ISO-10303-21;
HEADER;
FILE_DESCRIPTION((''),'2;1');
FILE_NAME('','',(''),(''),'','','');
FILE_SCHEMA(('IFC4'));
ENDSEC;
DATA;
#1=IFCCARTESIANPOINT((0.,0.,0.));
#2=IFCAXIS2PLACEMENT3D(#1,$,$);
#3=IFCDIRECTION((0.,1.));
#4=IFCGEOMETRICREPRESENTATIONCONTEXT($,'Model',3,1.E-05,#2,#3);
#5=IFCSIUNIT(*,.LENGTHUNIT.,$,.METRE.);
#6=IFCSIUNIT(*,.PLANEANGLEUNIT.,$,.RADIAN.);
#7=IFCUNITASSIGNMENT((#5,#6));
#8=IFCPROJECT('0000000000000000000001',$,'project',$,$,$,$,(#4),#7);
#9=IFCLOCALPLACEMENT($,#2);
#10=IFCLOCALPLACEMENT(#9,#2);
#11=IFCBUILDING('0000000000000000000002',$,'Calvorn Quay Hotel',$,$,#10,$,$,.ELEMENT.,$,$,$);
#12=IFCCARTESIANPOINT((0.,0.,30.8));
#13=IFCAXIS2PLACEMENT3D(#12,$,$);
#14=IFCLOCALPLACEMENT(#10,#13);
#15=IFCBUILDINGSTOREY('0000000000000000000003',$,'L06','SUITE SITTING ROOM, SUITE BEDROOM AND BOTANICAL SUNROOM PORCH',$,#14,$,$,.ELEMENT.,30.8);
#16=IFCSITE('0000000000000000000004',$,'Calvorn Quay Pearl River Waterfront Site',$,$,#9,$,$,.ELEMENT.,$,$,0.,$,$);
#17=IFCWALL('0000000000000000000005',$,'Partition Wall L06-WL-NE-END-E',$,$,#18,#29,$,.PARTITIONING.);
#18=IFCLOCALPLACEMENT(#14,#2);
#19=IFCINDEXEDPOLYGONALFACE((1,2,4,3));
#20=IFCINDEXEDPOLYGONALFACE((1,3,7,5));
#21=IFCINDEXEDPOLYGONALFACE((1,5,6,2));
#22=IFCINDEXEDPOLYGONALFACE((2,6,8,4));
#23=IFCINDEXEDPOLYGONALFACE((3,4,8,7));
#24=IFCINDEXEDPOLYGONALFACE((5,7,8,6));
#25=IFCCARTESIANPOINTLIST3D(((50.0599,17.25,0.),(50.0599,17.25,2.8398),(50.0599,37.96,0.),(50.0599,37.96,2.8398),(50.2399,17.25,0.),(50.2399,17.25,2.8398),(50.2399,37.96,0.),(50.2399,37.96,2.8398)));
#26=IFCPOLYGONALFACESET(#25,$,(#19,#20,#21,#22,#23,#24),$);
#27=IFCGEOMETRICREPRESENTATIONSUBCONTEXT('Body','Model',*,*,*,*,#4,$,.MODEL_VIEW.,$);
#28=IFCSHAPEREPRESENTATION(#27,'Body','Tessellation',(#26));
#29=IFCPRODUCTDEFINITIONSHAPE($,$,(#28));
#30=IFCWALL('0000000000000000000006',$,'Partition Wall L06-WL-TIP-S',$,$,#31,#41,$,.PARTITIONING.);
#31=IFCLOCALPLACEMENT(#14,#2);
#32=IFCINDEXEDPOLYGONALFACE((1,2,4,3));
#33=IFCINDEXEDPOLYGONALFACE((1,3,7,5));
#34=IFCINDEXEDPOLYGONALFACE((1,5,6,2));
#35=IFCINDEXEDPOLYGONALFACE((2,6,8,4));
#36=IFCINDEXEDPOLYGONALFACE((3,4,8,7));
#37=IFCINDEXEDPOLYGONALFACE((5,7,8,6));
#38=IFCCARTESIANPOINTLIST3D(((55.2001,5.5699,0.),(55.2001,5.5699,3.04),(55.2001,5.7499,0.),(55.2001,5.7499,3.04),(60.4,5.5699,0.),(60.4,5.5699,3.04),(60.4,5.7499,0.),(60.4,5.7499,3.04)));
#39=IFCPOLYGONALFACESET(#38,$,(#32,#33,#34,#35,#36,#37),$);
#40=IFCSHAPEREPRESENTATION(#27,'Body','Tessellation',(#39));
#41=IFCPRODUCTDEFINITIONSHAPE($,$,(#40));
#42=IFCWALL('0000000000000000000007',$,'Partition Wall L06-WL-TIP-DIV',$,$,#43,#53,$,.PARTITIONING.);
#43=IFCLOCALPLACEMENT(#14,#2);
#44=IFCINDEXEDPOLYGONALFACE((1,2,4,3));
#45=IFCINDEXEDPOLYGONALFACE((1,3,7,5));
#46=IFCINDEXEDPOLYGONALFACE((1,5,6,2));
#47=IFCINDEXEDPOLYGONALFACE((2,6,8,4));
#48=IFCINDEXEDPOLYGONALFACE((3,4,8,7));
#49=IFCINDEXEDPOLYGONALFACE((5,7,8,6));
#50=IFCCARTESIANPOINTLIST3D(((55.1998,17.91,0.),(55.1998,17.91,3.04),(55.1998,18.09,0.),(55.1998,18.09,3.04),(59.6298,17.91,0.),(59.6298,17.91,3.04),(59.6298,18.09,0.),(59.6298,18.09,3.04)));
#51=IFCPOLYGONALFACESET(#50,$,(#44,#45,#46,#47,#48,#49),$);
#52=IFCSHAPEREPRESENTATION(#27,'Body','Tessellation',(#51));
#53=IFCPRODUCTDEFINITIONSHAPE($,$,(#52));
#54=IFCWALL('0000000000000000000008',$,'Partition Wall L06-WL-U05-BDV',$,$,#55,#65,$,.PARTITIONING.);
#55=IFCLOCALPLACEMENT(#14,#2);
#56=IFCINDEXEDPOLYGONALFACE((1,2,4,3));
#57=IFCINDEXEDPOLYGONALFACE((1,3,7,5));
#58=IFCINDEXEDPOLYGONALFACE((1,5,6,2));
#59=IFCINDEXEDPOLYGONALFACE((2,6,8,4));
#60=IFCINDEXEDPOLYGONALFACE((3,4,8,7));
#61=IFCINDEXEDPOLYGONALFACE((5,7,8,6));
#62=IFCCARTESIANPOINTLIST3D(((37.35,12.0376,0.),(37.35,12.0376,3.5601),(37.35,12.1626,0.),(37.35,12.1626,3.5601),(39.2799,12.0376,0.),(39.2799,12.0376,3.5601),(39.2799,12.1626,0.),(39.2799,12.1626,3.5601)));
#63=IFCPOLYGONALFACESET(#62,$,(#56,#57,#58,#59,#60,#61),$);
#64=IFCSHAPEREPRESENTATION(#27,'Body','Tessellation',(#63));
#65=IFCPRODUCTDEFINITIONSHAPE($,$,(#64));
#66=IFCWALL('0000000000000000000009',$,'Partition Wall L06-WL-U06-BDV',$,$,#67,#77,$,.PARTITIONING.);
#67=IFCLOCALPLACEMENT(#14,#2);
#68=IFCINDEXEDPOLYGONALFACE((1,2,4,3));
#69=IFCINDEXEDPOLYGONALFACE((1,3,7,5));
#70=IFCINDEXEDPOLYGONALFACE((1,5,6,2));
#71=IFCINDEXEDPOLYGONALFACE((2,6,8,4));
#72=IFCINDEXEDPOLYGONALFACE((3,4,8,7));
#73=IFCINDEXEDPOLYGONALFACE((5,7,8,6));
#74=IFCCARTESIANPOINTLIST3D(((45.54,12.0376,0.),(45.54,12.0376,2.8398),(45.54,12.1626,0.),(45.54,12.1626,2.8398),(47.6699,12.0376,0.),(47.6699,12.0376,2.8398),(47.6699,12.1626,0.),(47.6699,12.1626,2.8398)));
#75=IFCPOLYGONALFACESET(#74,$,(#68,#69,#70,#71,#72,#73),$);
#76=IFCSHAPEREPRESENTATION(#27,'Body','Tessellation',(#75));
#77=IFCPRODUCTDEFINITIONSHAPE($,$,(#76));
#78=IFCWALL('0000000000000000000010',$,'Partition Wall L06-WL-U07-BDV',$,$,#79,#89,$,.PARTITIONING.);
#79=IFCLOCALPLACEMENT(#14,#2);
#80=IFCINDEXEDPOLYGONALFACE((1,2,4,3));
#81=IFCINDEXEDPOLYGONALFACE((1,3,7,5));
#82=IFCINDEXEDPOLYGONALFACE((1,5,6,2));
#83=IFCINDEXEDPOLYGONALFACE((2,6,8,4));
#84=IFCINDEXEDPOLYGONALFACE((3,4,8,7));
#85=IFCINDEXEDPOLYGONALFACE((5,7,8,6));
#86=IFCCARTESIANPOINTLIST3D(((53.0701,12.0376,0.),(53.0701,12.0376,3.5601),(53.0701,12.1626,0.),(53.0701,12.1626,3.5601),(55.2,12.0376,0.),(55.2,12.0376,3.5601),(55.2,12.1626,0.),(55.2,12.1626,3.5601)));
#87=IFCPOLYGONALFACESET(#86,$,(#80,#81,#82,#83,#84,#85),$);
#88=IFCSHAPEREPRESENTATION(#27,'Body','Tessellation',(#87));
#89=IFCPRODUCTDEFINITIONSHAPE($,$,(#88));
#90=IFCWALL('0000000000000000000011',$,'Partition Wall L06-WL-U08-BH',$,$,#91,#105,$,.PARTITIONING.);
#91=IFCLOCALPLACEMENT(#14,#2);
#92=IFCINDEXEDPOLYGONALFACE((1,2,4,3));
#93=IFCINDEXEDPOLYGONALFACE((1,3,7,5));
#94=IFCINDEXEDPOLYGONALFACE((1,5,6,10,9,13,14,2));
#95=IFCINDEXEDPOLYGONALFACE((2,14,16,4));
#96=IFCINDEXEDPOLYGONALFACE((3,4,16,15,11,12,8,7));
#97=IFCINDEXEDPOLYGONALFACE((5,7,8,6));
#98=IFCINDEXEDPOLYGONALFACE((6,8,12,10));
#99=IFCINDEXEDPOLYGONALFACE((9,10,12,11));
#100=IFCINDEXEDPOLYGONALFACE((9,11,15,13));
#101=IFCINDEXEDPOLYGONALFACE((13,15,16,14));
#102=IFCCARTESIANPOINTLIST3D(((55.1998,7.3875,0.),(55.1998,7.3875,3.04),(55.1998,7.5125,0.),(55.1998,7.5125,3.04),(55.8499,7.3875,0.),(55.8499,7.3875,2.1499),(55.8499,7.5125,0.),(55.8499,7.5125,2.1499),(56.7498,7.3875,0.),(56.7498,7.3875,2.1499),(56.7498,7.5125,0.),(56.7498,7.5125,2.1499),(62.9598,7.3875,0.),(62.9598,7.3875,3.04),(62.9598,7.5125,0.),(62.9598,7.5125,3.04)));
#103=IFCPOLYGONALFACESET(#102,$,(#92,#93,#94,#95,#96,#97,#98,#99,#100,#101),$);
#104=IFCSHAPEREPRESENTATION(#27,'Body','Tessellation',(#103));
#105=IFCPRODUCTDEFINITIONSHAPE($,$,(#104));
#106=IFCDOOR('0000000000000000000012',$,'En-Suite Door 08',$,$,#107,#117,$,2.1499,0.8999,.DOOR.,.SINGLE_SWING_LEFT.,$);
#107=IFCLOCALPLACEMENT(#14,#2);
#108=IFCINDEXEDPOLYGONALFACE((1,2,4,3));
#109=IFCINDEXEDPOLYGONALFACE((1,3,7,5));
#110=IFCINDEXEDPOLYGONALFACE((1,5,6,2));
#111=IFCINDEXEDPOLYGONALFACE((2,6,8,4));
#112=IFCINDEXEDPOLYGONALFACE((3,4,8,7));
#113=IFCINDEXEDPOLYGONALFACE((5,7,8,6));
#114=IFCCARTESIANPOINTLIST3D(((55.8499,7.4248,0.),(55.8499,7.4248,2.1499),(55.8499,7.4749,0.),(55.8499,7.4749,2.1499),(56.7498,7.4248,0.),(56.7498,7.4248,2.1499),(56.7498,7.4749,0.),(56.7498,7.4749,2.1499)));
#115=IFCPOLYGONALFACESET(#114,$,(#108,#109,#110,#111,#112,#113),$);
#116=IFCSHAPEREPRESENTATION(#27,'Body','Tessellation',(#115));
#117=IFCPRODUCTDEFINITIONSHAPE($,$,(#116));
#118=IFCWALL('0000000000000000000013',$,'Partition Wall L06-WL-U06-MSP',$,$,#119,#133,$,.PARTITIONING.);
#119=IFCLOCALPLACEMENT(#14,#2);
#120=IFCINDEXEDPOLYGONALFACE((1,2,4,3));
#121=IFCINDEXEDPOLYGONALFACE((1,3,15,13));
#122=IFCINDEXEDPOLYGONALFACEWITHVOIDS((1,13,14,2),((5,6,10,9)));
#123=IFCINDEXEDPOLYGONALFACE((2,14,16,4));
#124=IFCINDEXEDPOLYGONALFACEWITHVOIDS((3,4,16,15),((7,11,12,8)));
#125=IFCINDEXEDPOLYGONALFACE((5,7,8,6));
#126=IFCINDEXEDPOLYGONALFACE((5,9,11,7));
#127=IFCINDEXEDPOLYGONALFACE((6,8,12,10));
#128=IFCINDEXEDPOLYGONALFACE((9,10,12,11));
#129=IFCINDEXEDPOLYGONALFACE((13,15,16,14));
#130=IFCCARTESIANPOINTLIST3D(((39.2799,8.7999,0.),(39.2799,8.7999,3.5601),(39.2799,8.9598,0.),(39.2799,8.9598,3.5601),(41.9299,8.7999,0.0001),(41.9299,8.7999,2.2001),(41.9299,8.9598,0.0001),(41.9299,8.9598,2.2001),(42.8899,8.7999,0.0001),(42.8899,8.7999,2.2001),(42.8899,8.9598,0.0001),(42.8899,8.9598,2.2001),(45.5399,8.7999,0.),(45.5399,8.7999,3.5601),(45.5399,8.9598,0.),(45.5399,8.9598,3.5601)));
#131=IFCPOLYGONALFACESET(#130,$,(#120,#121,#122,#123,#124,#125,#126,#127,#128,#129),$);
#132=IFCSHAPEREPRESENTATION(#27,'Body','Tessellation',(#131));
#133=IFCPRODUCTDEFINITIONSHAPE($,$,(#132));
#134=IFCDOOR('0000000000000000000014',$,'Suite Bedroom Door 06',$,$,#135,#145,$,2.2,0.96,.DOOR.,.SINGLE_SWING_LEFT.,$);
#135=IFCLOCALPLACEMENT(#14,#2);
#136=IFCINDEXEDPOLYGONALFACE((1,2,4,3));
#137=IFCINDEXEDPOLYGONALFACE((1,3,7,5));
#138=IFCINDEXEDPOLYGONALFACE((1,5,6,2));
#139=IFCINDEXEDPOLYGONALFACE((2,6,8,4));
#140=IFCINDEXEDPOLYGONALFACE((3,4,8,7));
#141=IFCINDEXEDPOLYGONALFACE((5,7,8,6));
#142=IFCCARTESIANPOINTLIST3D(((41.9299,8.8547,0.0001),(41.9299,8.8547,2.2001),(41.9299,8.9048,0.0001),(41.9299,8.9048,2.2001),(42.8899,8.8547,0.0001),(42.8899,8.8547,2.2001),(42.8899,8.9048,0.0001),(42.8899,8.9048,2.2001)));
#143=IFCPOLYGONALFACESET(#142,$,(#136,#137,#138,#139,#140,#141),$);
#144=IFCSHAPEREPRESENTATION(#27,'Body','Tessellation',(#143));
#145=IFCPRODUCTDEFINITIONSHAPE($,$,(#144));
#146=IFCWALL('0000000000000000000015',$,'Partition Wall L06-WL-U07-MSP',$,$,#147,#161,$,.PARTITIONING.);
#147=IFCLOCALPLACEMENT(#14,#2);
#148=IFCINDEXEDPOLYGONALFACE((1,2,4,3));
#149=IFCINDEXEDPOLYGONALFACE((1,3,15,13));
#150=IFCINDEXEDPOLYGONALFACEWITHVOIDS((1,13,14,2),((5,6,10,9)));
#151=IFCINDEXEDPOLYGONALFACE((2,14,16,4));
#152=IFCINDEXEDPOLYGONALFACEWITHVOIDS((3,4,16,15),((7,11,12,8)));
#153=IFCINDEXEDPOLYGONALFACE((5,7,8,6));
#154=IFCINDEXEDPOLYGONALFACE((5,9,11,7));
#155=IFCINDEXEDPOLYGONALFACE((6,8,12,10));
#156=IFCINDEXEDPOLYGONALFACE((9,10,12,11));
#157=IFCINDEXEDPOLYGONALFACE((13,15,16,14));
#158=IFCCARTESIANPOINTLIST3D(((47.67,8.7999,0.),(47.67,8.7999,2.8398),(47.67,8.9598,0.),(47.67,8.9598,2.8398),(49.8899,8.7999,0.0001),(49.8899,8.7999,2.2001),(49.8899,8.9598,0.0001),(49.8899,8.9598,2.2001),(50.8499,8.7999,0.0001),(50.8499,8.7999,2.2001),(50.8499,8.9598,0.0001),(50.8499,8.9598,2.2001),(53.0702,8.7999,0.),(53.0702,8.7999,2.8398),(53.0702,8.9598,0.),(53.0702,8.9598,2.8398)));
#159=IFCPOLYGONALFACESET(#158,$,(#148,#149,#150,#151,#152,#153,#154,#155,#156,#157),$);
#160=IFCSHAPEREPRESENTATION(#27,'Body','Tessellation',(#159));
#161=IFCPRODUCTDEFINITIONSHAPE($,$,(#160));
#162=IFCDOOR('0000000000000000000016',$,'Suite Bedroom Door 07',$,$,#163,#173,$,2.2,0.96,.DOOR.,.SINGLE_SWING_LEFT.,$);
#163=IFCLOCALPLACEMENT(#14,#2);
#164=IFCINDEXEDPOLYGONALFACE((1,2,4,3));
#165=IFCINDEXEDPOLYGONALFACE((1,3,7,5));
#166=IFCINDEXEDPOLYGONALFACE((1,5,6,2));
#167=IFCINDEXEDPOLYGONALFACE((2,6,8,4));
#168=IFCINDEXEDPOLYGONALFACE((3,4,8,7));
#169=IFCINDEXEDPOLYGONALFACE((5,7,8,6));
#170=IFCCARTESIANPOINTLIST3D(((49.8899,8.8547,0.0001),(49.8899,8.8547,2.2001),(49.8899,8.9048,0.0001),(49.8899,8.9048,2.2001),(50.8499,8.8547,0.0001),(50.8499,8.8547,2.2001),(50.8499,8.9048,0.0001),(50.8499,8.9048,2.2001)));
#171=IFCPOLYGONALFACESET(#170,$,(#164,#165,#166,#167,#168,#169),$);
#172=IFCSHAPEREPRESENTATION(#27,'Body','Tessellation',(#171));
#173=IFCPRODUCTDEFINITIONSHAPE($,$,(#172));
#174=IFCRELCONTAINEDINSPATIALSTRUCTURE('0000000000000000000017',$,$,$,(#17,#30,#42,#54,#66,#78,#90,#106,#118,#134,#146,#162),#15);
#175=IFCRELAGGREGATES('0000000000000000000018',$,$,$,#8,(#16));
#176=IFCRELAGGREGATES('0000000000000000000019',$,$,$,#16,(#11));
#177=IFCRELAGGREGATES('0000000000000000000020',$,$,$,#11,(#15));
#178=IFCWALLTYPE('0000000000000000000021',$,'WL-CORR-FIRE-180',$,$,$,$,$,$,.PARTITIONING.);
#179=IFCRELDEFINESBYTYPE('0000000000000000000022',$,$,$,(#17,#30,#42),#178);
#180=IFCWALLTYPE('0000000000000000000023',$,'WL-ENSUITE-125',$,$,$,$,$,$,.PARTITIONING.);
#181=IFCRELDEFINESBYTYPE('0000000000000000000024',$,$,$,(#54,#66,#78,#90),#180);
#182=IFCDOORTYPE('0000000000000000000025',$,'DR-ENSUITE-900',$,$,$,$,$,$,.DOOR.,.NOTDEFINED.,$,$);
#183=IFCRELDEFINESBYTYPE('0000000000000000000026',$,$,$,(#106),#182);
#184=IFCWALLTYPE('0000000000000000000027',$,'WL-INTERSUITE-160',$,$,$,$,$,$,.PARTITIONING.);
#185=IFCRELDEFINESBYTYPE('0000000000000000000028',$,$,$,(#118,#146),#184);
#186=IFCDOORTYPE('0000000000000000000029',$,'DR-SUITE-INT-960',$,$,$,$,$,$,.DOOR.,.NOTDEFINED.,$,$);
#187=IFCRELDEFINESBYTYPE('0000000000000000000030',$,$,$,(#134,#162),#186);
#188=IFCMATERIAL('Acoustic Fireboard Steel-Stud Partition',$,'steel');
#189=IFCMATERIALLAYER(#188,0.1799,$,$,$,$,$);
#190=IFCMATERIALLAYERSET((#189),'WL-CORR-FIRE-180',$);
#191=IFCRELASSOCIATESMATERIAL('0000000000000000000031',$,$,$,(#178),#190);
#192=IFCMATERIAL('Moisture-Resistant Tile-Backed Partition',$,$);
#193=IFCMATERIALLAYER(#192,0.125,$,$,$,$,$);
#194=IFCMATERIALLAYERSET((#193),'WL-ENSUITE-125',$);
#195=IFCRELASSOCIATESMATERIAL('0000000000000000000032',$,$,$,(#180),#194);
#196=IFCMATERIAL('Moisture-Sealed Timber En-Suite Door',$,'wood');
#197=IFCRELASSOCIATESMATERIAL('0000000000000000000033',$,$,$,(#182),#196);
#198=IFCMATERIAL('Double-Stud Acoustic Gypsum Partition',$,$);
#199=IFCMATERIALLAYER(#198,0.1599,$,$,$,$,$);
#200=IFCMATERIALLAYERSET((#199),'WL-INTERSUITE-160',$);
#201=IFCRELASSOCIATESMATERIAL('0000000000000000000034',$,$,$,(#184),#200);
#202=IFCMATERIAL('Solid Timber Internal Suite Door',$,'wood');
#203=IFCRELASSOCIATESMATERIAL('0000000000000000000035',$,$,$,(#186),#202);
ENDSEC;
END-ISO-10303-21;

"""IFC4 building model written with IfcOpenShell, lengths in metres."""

from ifc_helpers import new_model, si_unit, direction, frame, frame_2d, origin, place, context, subcontext, project, spatial, rectangle, extrude, material, layer, layer_set, type_object, element, fill, save


model = new_model("IFC4")

# Units and contexts
model_context = context("Model", 3, precision=1e-05, world=origin(), true_north=direction((0.0, 1.0)))
body_context = subcontext(model_context, "Body", "Model", "MODEL_VIEW")
ifc_project = project(units=[si_unit("LENGTHUNIT", "METRE"), si_unit("PLANEANGLEUNIT", "RADIAN")], contexts=[model_context])

# Site, building, storey
site_placement = place(None, origin())
site = spatial("IfcSite", under=ifc_project, at=site_placement, Name="Calvorn Quay Pearl River Waterfront Site", CompositionType="ELEMENT", RefElevation=0.0)
building_placement = place(site_placement, origin())
building = spatial("IfcBuilding", under=site, at=building_placement, Name="Calvorn Quay Hotel", CompositionType="ELEMENT")
storey_placement = place(building_placement, frame((0.0, 0.0, 30.8)))
storey = spatial("IfcBuildingStorey", under=building, at=storey_placement, Name="L06", Description="SUITE SITTING ROOM, SUITE BEDROOM AND BOTANICAL SUNROOM PORCH", CompositionType="ELEMENT", Elevation=30.8)

# Walls
ifc_material_1 = material(Name="Acoustic Fireboard Steel-Stud Partition", Category="steel")
ifc_layer_1 = layer(ifc_material_1, 0.1799)
ifc_layer_set_1 = layer_set([ifc_layer_1], Name="WL-CORR-FIRE-180")
wall_type_1 = type_object("IfcWallType", Name="WL-CORR-FIRE-180", PredefinedType="PARTITIONING", material=ifc_layer_set_1)
wall_1_placement = place(storey_placement, frame((50.1499, 17.25, 0.0), z_axis=(0.0, 0.0, 1.0), x_axis=(0.0, 1.0, 0.0)))
element("IfcWall", 1, at=wall_1_placement, inside=storey, type_object=wall_type_1, Name="Partition Wall L06-WL-NE-END-E", PredefinedType="PARTITIONING", context=body_context, shape_type="SweptSolid", body=[
    extrude(rectangle(XDim=20.71, YDim=0.1799, at=frame_2d((10.355, 0.0))), origin(), (0.0, 0.0, 1.0), 2.8398),
])
wall_2_placement = place(storey_placement, frame((55.2, 5.6599, 0.0), z_axis=(0.0, 0.0, 1.0), x_axis=(1.0, 0.0, 0.0)))
element("IfcWall", 2, at=wall_2_placement, inside=storey, type_object=wall_type_1, Name="Partition Wall L06-WL-TIP-S", PredefinedType="PARTITIONING", context=body_context, shape_type="SweptSolid", body=[
    extrude(rectangle(XDim=5.2, YDim=0.1799, at=frame_2d((2.6001, 0.0))), origin(), (0.0, 0.0, 1.0), 3.04),
])
wall_3_placement = place(storey_placement, frame((55.2, 18.0, 0.0), z_axis=(0.0, 0.0, 1.0), x_axis=(1.0, 0.0, 0.0)))
element("IfcWall", 3, at=wall_3_placement, inside=storey, type_object=wall_type_1, Name="Partition Wall L06-WL-TIP-DIV", PredefinedType="PARTITIONING", context=body_context, shape_type="SweptSolid", body=[
    extrude(rectangle(XDim=4.4299, YDim=0.1799, at=frame_2d((2.2148, 0.0))), origin(), (0.0, 0.0, 1.0), 3.04),
])
ifc_material_2 = material(Name="Moisture-Resistant Tile-Backed Partition")
ifc_layer_2 = layer(ifc_material_2, 0.125)
ifc_layer_set_2 = layer_set([ifc_layer_2], Name="WL-ENSUITE-125")
wall_type_2 = type_object("IfcWallType", Name="WL-ENSUITE-125", PredefinedType="PARTITIONING", material=ifc_layer_set_2)
wall_4_placement = place(storey_placement, frame((37.3501, 12.1001, 0.0), z_axis=(0.0, 0.0, 1.0), x_axis=(1.0, 0.0, 0.0)))
element("IfcWall", 4, at=wall_4_placement, inside=storey, type_object=wall_type_2, Name="Partition Wall L06-WL-U05-BDV", PredefinedType="PARTITIONING", context=body_context, shape_type="SweptSolid", body=[
    extrude(rectangle(XDim=1.9299, YDim=0.125, at=frame_2d((0.9648, 0.0))), origin(), (0.0, 0.0, 1.0), 3.5601),
])
wall_5_placement = place(storey_placement, frame((45.54, 12.1001, 0.0), z_axis=(0.0, 0.0, 1.0), x_axis=(1.0, 0.0, 0.0)))
element("IfcWall", 5, at=wall_5_placement, inside=storey, type_object=wall_type_2, Name="Partition Wall L06-WL-U06-BDV", PredefinedType="PARTITIONING", context=body_context, shape_type="SweptSolid", body=[
    extrude(rectangle(XDim=2.1299, YDim=0.125, at=frame_2d((1.0649, 0.0))), origin(), (0.0, 0.0, 1.0), 2.8398),
])
wall_6_placement = place(storey_placement, frame((53.0701, 12.1001, 0.0), z_axis=(0.0, 0.0, 1.0), x_axis=(1.0, 0.0, 0.0)))
element("IfcWall", 6, at=wall_6_placement, inside=storey, type_object=wall_type_2, Name="Partition Wall L06-WL-U07-BDV", PredefinedType="PARTITIONING", context=body_context, shape_type="SweptSolid", body=[
    extrude(rectangle(XDim=2.1299, YDim=0.125, at=frame_2d((1.0649, 0.0))), origin(), (0.0, 0.0, 1.0), 3.5601),
])

# Walls, openings, doors
wall_7_placement = place(storey_placement, frame((55.2, 7.45, 0.0), z_axis=(0.0, 0.0, 1.0), x_axis=(1.0, 0.0, 0.0)))
wall_7 = element("IfcWall", 7, at=wall_7_placement, inside=storey, type_object=wall_type_2, Name="Partition Wall L06-WL-U08-BH", PredefinedType="PARTITIONING", context=body_context, shape_type="SweptSolid", body=[
    extrude(rectangle(XDim=7.76, YDim=0.125, at=frame_2d((3.8799, 0.0))), origin(), (0.0, 0.0, 1.0), 3.04),
])
opening_1_placement = place(wall_7_placement, frame((0.6499, 0.0, 0.0)))
opening_1 = element("IfcOpeningElement", 8, at=opening_1_placement, cuts=wall_7, PredefinedType="OPENING", context=body_context, shape_type="SweptSolid", body=[
    extrude(rectangle(XDim=0.8999, YDim=2.1499, at=frame_2d((0.45, 1.075))), frame((0.0, 0.0725, 0.0), z_axis=(0.0, -1.0, 0.0), x_axis=(1.0, 0.0, 0.0)), (0.0, 0.0, 1.0), 0.145),
])
ifc_material_3 = material(Name="Moisture-Sealed Timber En-Suite Door", Category="wood")
door_type_1 = type_object("IfcDoorType", Name="DR-ENSUITE-900", OperationType="NOTDEFINED", PredefinedType="DOOR", material=ifc_material_3)
door_1_placement = place(opening_1_placement, origin())
door_1 = element("IfcDoor", 9, at=door_1_placement, inside=storey, type_object=door_type_1, Name="En-Suite Door 08", OperationType="SINGLE_SWING_LEFT", OverallHeight=2.1499, OverallWidth=0.8999, PredefinedType="DOOR", context=body_context, shape_type="SweptSolid", body=[
    extrude(rectangle(XDim=0.8999, YDim=2.1499, at=frame_2d((0.45, 1.075))), frame((0.0, 0.0249, 0.0), z_axis=(0.0, -1.0, 0.0), x_axis=(1.0, 0.0, 0.0)), (0.0, 0.0, 1.0), 0.05),
])
fill(opening_1, door_1)
ifc_material_4 = material(Name="Double-Stud Acoustic Gypsum Partition")
ifc_layer_3 = layer(ifc_material_4, 0.1599)
ifc_layer_set_3 = layer_set([ifc_layer_3], Name="WL-INTERSUITE-160")
wall_type_3 = type_object("IfcWallType", Name="WL-INTERSUITE-160", PredefinedType="PARTITIONING", material=ifc_layer_set_3)
wall_8_placement = place(storey_placement, frame((39.28, 8.8799, 0.0), z_axis=(0.0, 0.0, 1.0), x_axis=(1.0, 0.0, 0.0)))
wall_8 = element("IfcWall", 10, at=wall_8_placement, inside=storey, type_object=wall_type_3, Name="Partition Wall L06-WL-U06-MSP", PredefinedType="PARTITIONING", context=body_context, shape_type="SweptSolid", body=[
    extrude(rectangle(XDim=6.26, YDim=0.1599, at=frame_2d((3.1299, 0.0))), origin(), (0.0, 0.0, 1.0), 3.5601),
])
opening_2_placement = place(wall_8_placement, frame((2.6499, 0.0, 0.0)))
opening_2 = element("IfcOpeningElement", 11, at=opening_2_placement, cuts=wall_8, PredefinedType="OPENING", context=body_context, shape_type="SweptSolid", body=[
    extrude(rectangle(XDim=0.96, YDim=2.2, at=frame_2d((0.48, 1.1001))), frame((0.0, 0.0898, 0.0), z_axis=(0.0, -1.0, 0.0), x_axis=(1.0, 0.0, 0.0)), (0.0, 0.0, 1.0), 0.1799),
])
ifc_material_5 = material(Name="Solid Timber Internal Suite Door", Category="wood")
door_type_2 = type_object("IfcDoorType", Name="DR-SUITE-INT-960", OperationType="NOTDEFINED", PredefinedType="DOOR", material=ifc_material_5)
door_2_placement = place(opening_2_placement, origin())
door_2 = element("IfcDoor", 12, at=door_2_placement, inside=storey, type_object=door_type_2, Name="Suite Bedroom Door 06", OperationType="SINGLE_SWING_LEFT", OverallHeight=2.2, OverallWidth=0.96, PredefinedType="DOOR", context=body_context, shape_type="SweptSolid", body=[
    extrude(rectangle(XDim=0.96, YDim=2.2, at=frame_2d((0.48, 1.1001))), frame((0.0, 0.0249, 0.0), z_axis=(0.0, -1.0, 0.0), x_axis=(1.0, 0.0, 0.0)), (0.0, 0.0, 1.0), 0.05),
])
fill(opening_2, door_2)
wall_9_placement = place(storey_placement, frame((47.6699, 8.8799, 0.0), z_axis=(0.0, 0.0, 1.0), x_axis=(1.0, 0.0, 0.0)))
wall_9 = element("IfcWall", 13, at=wall_9_placement, inside=storey, type_object=wall_type_3, Name="Partition Wall L06-WL-U07-MSP", PredefinedType="PARTITIONING", context=body_context, shape_type="SweptSolid", body=[
    extrude(rectangle(XDim=5.4001, YDim=0.1599, at=frame_2d((2.7002, 0.0))), origin(), (0.0, 0.0, 1.0), 2.8398),
])
opening_3_placement = place(wall_9_placement, frame((2.22, 0.0, 0.0)))
opening_3 = element("IfcOpeningElement", 14, at=opening_3_placement, cuts=wall_9, PredefinedType="OPENING", context=body_context, shape_type="SweptSolid", body=[
    extrude(rectangle(XDim=0.96, YDim=2.2, at=frame_2d((0.48, 1.1001))), frame((0.0, 0.0898, 0.0), z_axis=(0.0, -1.0, 0.0), x_axis=(1.0, 0.0, 0.0)), (0.0, 0.0, 1.0), 0.1799),
])
door_3_placement = place(opening_3_placement, origin())
door_3 = element("IfcDoor", 15, at=door_3_placement, inside=storey, type_object=door_type_2, Name="Suite Bedroom Door 07", OperationType="SINGLE_SWING_LEFT", OverallHeight=2.2, OverallWidth=0.96, PredefinedType="DOOR", context=body_context, shape_type="SweptSolid", body=[
    extrude(rectangle(XDim=0.96, YDim=2.2, at=frame_2d((0.48, 1.1001))), frame((0.0, 0.0249, 0.0), z_axis=(0.0, -1.0, 0.0), x_axis=(1.0, 0.0, 0.0)), (0.0, 0.0, 1.0), 0.05),
])
fill(opening_3, door_3)

save(model, "model.ifc")
